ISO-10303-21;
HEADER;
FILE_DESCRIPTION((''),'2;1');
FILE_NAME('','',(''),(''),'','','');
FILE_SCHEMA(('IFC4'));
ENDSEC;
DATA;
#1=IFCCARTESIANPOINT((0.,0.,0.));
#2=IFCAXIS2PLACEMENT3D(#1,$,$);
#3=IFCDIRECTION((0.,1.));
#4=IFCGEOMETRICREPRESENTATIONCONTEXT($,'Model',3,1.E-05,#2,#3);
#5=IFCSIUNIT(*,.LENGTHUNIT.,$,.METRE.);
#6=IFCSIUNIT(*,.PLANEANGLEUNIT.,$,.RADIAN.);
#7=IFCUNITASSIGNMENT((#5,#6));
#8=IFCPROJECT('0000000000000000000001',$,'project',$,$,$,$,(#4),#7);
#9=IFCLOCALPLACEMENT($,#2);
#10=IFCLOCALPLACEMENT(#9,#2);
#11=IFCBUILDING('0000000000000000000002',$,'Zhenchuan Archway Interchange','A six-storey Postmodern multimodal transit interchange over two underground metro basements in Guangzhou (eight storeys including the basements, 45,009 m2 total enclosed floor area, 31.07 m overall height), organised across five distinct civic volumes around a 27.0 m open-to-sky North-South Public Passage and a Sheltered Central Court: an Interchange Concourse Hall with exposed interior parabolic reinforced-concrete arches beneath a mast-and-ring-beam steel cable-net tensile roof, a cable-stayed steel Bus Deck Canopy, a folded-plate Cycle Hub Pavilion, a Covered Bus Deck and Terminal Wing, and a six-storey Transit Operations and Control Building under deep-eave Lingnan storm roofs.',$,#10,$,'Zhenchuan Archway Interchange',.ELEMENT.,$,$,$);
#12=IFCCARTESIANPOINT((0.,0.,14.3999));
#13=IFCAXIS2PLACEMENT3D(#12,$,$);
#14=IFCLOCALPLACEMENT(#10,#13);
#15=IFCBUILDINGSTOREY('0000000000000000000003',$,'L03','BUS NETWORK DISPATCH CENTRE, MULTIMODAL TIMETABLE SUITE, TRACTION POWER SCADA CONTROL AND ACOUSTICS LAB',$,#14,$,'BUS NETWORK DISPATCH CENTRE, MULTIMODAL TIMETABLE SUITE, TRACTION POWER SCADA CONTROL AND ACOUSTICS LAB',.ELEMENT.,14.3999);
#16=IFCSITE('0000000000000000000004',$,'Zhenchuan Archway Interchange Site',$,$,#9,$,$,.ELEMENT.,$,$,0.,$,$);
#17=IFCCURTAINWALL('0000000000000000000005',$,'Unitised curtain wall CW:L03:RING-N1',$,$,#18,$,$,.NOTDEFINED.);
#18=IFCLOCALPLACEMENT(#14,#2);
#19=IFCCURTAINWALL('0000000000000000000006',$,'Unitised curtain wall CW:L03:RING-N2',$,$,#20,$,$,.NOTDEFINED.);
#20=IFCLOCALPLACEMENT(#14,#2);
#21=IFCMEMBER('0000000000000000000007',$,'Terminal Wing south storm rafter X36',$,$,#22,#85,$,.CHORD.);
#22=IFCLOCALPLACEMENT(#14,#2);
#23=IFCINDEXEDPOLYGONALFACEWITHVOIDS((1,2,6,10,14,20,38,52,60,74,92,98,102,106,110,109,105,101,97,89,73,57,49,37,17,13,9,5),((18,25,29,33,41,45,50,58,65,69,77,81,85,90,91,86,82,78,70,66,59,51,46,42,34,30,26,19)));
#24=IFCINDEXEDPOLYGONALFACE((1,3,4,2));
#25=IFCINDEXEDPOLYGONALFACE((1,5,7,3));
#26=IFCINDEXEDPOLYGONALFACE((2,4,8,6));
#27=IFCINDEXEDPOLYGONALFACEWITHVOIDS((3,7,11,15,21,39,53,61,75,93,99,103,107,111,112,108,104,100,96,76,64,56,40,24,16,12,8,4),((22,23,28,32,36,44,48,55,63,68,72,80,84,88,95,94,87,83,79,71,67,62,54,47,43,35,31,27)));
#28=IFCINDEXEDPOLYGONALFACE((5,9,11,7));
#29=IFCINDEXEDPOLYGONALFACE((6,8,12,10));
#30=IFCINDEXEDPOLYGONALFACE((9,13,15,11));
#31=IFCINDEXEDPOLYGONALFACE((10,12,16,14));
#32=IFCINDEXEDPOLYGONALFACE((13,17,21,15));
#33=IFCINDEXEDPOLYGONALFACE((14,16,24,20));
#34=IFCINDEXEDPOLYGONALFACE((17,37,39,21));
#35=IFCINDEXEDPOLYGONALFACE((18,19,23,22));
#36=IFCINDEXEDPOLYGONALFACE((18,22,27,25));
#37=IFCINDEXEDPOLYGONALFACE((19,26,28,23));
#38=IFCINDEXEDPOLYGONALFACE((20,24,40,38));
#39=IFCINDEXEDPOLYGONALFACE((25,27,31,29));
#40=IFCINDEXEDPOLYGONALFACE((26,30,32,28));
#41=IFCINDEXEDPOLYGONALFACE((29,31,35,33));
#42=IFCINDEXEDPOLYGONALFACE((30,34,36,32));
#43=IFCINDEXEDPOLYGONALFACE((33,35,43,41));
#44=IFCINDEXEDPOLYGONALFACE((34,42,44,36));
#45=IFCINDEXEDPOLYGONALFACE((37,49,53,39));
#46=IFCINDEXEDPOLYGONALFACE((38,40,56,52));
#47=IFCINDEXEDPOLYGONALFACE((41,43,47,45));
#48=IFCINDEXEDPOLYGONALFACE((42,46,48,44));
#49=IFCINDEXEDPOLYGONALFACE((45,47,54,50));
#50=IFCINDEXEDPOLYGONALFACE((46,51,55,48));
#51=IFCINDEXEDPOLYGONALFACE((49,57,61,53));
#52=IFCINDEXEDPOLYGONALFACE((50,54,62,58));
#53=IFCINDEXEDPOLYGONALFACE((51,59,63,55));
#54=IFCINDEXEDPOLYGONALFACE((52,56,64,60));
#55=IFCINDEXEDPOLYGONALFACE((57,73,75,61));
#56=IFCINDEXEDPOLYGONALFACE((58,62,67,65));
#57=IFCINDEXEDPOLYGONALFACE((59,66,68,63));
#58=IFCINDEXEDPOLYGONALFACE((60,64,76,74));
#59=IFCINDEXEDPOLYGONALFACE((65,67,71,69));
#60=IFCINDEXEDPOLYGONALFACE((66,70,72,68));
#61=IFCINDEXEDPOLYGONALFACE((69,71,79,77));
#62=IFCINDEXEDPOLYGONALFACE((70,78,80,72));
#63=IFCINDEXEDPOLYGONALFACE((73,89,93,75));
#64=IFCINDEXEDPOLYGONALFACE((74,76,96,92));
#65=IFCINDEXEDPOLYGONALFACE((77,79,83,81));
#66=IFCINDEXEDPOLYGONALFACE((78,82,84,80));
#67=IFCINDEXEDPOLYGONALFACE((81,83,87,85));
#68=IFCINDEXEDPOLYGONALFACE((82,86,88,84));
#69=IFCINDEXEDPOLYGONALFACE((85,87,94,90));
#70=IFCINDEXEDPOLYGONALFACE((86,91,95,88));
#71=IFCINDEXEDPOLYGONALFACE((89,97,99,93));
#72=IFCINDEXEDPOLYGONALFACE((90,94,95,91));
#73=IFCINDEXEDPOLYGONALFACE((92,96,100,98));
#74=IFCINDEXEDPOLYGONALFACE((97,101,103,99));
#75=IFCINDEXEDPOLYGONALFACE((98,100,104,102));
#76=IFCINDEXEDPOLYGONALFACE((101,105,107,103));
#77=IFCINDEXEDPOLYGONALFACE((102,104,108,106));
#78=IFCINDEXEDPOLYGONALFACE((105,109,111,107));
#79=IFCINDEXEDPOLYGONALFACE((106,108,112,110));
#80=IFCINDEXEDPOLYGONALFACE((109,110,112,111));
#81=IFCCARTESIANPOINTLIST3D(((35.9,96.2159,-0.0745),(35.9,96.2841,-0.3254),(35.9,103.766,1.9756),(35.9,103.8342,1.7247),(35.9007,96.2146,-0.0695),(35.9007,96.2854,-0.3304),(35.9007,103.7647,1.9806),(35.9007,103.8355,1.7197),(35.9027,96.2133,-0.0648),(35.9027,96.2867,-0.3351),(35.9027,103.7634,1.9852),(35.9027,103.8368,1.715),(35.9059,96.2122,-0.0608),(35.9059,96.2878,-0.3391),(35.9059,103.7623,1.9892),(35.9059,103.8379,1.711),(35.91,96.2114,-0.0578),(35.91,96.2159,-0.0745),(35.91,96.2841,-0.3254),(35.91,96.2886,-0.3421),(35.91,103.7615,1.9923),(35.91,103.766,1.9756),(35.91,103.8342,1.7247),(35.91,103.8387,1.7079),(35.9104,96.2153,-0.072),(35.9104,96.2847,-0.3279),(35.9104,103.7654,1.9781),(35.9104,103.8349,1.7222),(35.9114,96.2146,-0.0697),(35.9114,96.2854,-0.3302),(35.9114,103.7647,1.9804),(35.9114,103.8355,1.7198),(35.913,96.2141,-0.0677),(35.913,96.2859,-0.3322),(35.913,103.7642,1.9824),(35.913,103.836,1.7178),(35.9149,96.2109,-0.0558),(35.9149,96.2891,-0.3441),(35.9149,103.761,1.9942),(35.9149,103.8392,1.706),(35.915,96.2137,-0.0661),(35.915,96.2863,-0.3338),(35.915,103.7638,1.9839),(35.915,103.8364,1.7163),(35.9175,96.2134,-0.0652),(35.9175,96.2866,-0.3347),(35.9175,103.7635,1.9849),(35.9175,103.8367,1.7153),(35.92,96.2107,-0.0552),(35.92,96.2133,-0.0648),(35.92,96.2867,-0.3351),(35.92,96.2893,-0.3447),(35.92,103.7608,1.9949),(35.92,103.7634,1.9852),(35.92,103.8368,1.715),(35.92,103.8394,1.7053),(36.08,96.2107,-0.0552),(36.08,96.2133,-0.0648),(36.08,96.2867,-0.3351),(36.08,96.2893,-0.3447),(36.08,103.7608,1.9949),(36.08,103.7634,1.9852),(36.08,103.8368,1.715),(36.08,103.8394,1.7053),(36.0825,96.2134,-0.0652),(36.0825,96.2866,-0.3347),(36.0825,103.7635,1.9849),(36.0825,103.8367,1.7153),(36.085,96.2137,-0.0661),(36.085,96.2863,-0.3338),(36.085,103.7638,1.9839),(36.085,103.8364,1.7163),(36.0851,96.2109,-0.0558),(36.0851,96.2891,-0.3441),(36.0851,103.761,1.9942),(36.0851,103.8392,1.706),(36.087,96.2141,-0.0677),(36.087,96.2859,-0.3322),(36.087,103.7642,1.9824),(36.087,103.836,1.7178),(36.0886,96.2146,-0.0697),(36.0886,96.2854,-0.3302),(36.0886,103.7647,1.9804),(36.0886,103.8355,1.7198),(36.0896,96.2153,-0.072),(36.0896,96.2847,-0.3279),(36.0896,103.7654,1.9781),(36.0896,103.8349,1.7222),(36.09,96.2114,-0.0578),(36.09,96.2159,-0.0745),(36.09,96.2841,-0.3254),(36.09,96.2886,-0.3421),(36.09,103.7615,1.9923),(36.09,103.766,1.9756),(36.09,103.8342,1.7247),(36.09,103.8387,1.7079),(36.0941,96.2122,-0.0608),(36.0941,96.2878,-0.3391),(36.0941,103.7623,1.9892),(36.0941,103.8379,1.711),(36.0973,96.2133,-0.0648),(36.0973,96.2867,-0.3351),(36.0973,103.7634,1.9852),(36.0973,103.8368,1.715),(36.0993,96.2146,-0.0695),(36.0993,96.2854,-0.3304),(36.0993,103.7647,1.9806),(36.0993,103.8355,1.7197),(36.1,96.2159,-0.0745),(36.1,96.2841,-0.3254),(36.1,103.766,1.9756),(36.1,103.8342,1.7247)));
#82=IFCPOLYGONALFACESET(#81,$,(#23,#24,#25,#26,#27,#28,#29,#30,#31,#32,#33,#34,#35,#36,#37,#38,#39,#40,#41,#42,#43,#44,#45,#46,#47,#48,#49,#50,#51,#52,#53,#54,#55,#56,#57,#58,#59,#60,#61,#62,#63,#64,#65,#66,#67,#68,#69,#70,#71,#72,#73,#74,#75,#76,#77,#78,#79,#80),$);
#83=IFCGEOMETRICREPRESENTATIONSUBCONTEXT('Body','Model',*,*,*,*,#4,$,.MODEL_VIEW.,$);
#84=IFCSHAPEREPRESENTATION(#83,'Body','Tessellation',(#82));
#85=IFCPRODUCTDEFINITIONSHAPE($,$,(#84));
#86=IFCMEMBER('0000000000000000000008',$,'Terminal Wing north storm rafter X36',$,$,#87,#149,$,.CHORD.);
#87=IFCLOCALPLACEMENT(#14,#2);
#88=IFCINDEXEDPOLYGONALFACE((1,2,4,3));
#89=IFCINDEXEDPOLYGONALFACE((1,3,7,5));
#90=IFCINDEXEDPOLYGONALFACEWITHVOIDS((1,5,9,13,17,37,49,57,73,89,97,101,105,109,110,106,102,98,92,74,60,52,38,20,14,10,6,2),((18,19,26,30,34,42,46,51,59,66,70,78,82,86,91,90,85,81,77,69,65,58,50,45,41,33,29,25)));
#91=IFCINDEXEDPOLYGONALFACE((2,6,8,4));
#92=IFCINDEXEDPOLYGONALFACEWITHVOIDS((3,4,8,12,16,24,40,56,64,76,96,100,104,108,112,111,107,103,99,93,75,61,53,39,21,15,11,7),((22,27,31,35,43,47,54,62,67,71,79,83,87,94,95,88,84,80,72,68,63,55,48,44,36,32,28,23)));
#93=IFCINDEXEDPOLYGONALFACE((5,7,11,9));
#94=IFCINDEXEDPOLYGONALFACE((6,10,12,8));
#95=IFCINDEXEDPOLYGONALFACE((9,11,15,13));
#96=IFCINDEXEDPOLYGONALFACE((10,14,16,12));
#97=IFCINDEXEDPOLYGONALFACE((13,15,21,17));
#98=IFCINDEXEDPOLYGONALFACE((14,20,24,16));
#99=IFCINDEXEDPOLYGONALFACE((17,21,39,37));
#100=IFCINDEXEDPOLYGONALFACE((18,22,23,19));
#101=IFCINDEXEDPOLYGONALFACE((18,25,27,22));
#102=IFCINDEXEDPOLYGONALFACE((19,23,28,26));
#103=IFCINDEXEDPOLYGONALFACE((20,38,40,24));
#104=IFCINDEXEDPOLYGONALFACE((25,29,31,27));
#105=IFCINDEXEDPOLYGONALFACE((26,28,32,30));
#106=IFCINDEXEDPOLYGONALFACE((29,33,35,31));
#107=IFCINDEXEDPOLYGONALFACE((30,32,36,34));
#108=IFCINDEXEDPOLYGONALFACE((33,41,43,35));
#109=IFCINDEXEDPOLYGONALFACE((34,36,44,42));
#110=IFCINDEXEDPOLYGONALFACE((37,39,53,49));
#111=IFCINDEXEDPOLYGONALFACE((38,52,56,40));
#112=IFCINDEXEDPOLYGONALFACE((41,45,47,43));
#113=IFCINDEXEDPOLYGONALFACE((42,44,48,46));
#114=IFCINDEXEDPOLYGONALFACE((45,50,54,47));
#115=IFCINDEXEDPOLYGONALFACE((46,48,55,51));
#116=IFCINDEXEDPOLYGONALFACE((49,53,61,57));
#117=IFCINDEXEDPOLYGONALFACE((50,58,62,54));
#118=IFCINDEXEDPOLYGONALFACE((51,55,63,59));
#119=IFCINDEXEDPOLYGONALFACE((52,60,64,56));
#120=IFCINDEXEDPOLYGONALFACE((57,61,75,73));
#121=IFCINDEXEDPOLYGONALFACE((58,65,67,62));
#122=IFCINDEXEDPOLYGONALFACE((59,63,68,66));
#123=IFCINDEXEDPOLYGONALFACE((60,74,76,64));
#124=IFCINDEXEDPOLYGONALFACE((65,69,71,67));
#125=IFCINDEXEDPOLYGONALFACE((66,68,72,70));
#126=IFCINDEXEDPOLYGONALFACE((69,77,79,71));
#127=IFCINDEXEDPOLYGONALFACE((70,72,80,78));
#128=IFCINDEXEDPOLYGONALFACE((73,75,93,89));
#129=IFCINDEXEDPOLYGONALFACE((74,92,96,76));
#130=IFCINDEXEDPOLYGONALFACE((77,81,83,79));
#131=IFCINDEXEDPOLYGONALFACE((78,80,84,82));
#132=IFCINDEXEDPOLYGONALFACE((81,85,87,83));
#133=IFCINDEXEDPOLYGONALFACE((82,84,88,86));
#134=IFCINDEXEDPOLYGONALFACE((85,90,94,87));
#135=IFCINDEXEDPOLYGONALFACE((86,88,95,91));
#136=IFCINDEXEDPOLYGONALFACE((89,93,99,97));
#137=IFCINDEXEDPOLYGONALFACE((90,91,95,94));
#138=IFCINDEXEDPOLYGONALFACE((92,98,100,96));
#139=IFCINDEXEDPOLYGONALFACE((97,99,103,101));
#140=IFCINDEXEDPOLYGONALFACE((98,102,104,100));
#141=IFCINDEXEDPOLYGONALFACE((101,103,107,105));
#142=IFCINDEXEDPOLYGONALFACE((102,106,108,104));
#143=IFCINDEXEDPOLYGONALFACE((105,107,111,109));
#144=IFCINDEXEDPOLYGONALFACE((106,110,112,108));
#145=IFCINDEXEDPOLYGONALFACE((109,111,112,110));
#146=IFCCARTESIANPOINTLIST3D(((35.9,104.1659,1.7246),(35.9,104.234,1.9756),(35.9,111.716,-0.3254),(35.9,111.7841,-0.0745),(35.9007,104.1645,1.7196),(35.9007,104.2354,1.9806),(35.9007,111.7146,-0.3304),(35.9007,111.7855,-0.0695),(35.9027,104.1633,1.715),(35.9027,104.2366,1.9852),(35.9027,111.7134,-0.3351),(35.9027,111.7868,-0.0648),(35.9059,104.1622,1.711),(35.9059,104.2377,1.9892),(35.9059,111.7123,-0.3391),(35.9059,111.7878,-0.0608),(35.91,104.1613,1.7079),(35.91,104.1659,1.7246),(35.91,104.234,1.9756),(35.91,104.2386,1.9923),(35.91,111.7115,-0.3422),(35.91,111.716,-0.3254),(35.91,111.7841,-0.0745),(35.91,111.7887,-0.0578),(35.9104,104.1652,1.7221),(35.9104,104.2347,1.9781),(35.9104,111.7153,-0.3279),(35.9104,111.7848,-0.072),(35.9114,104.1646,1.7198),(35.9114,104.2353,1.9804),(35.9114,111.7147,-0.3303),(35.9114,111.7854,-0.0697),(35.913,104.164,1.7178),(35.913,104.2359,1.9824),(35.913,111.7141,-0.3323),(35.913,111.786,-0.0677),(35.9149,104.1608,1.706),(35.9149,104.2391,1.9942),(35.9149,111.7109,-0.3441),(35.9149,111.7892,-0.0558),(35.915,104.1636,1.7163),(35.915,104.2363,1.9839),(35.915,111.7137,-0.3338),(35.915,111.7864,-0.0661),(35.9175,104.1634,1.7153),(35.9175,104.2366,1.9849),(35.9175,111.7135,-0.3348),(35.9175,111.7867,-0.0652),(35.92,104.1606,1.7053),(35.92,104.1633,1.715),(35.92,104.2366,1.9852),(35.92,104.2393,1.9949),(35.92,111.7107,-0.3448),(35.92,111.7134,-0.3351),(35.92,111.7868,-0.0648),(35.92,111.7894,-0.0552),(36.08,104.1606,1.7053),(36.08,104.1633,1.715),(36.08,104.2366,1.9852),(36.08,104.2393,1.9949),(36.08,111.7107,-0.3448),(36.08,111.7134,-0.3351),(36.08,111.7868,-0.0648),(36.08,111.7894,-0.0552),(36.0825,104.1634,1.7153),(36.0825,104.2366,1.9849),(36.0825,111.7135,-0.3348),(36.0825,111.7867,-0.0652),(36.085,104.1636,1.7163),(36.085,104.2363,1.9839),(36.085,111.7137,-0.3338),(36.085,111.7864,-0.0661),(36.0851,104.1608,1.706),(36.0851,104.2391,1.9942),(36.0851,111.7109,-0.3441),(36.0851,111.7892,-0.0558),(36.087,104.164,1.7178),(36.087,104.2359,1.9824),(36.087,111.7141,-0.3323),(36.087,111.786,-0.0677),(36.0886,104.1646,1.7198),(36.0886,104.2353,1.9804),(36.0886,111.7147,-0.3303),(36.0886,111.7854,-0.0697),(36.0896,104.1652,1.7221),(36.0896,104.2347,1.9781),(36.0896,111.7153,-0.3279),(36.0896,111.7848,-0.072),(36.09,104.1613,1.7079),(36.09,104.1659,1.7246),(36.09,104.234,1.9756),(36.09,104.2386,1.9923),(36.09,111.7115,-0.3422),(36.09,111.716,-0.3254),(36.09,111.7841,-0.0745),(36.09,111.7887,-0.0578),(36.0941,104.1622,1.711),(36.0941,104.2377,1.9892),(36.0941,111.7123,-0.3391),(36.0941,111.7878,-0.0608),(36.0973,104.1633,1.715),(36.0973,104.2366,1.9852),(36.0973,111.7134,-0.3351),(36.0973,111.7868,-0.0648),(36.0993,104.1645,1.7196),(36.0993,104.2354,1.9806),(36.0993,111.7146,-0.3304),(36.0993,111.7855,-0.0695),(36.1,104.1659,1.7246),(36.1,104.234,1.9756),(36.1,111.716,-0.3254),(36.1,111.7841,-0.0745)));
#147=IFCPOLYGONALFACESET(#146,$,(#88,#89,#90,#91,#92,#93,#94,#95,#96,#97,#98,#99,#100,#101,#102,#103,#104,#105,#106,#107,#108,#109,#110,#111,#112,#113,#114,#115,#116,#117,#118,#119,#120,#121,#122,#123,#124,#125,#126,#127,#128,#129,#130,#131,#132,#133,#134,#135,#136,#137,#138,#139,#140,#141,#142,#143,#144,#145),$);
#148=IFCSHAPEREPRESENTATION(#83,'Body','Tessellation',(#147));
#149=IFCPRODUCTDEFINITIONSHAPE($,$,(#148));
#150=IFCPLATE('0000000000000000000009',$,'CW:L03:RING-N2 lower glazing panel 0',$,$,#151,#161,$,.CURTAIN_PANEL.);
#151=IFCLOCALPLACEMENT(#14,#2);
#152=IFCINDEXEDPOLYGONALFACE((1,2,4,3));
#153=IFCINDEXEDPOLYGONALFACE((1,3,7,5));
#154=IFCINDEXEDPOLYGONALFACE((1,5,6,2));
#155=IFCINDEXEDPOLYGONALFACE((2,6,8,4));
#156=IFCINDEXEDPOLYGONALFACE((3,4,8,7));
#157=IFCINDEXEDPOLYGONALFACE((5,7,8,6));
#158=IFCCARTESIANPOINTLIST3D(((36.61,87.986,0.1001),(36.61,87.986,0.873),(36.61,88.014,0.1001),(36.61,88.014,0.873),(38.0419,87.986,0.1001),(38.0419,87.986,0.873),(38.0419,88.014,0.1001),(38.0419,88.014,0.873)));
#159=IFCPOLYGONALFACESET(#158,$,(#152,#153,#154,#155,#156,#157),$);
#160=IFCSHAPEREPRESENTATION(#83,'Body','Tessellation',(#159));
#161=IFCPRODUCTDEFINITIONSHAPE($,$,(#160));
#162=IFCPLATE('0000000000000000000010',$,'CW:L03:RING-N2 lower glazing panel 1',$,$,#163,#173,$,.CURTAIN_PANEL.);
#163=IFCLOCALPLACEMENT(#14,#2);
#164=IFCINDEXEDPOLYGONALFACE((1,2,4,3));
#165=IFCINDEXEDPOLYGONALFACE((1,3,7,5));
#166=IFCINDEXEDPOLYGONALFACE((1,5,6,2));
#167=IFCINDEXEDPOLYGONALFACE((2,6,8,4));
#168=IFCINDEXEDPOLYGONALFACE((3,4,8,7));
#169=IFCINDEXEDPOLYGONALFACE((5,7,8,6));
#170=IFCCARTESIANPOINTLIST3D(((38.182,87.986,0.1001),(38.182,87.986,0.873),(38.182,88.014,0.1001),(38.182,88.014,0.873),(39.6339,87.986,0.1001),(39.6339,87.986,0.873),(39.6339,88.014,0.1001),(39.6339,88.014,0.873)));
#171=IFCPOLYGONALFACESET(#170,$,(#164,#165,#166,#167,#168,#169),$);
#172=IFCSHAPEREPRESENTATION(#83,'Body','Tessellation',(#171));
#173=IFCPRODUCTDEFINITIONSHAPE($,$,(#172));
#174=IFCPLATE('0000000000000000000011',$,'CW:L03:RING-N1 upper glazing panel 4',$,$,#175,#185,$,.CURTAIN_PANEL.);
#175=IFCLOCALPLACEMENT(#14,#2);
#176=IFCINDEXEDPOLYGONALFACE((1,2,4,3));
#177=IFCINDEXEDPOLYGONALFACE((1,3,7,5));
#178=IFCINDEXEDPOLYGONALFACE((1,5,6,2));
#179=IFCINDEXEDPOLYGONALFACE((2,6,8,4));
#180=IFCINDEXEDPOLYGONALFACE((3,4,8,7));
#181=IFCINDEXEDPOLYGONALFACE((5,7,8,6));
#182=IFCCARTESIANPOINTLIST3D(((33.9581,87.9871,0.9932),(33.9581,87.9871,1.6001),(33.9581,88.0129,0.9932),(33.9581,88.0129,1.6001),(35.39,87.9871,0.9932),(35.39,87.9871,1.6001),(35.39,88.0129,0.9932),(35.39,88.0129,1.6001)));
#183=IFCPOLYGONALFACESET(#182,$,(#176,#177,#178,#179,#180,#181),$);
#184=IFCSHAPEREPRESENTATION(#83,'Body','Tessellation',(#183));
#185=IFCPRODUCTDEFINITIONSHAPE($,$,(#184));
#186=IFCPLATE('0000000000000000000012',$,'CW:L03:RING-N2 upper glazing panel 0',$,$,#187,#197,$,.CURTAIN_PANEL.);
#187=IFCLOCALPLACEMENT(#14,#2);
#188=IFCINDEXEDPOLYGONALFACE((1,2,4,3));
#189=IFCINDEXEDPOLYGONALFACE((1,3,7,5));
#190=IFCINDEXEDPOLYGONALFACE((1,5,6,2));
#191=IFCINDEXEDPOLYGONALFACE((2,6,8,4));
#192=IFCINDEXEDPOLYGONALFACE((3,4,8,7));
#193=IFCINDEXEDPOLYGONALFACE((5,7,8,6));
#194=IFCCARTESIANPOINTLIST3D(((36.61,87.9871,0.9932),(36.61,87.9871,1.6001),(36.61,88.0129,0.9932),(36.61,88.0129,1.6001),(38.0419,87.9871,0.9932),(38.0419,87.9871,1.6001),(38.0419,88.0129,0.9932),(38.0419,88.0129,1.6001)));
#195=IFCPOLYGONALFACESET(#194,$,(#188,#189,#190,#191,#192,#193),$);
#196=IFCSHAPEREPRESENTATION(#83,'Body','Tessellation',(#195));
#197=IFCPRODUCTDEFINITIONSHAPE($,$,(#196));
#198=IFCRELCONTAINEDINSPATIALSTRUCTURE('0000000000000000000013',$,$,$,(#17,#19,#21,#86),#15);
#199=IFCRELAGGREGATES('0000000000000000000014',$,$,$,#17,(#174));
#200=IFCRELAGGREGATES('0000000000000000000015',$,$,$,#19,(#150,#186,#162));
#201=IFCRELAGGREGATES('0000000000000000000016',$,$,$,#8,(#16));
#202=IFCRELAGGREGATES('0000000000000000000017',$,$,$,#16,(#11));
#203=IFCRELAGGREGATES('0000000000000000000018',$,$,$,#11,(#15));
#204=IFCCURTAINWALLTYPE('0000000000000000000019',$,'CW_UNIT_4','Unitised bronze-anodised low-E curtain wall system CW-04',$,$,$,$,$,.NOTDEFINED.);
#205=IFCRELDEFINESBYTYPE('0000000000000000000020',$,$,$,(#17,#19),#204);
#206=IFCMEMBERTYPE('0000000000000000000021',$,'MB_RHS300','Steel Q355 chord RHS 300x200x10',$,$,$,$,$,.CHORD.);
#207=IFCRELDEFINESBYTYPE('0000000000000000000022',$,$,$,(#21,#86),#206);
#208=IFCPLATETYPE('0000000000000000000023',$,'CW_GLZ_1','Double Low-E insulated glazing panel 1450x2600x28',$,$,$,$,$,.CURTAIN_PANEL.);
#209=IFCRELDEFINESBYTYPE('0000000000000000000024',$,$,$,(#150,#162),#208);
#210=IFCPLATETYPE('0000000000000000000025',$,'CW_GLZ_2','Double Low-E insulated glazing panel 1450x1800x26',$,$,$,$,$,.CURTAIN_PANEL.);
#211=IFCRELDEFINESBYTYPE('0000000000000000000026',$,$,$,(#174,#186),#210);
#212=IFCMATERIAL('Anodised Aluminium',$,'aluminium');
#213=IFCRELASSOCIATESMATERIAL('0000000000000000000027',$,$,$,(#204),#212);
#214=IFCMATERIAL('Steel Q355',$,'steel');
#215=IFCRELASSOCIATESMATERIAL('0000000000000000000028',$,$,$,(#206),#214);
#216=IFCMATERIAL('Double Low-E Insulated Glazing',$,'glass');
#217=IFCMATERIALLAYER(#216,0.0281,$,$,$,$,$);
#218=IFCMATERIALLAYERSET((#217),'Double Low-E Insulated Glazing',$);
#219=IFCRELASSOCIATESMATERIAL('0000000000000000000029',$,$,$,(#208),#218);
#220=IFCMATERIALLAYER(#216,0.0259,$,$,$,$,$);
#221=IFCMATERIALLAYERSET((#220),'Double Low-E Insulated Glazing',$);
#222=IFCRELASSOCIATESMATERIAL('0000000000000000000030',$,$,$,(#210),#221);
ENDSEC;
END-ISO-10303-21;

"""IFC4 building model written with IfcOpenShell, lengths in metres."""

from ifc_helpers import new_model, si_unit, direction, frame, origin, origin_2d, place, context, subcontext, project, spatial, rectangle, hollow_rectangle, extrude, material, layer, layer_set, material_profile, profile_set, type_object, element, aggregate, save


model = new_model("IFC4")

# Units and contexts
model_context = context("Model", 3, precision=1e-05, world=origin(), true_north=direction((0.0, 1.0)))
body_context = subcontext(model_context, "Body", "Model", "MODEL_VIEW")
ifc_project = project(units=[si_unit("LENGTHUNIT", "METRE"), si_unit("PLANEANGLEUNIT", "RADIAN")], contexts=[model_context])

# Site, building, storey
site_placement = place(None, origin())
site = spatial("IfcSite", under=ifc_project, at=site_placement, Name="Zhenchuan Archway Interchange Site", CompositionType="ELEMENT", RefElevation=0.0)
building_placement = place(site_placement, origin())
building = spatial("IfcBuilding", under=site, at=building_placement, Name="Zhenchuan Archway Interchange", Description="A six-storey Postmodern multimodal transit interchange over two underground metro basements in Guangzhou (eight storeys including the basements, 45,009 m2 total enclosed floor area, 31.07 m overall height), organised across five distinct civic volumes around a 27.0 m open-to-sky North-South Public Passage and a Sheltered Central Court: an Interchange Concourse Hall with exposed interior parabolic reinforced-concrete arches beneath a mast-and-ring-beam steel cable-net tensile roof, a cable-stayed steel Bus Deck Canopy, a folded-plate Cycle Hub Pavilion, a Covered Bus Deck and Terminal Wing, and a six-storey Transit Operations and Control Building under deep-eave Lingnan storm roofs.", LongName="Zhenchuan Archway Interchange", CompositionType="ELEMENT")
storey_placement = place(building_placement, frame((0.0, 0.0, 14.3999)))
storey = spatial("IfcBuildingStorey", under=building, at=storey_placement, Name="L03", Description="BUS NETWORK DISPATCH CENTRE, MULTIMODAL TIMETABLE SUITE, TRACTION POWER SCADA CONTROL AND ACOUSTICS LAB", LongName="BUS NETWORK DISPATCH CENTRE, MULTIMODAL TIMETABLE SUITE, TRACTION POWER SCADA CONTROL AND ACOUSTICS LAB", CompositionType="ELEMENT", Elevation=14.3999)

# Shared definitions
ifc_material_1 = material(Name="Steel Q355", Category="steel")

# Curtain wall
ifc_material_2 = material(Name="Anodised Aluminium", Category="aluminium")
curtain_wall_type = type_object("IfcCurtainWallType", Name="CW_UNIT_4", Description="Unitised bronze-anodised low-E curtain wall system CW-04", PredefinedType="NOTDEFINED", material=ifc_material_2)
curtain_wall_1_placement = place(storey_placement, origin())
curtain_wall_1 = element("IfcCurtainWall", 1, at=curtain_wall_1_placement, inside=storey, type_object=curtain_wall_type, Name="Unitised curtain wall CW:L03:RING-N1", PredefinedType="NOTDEFINED")

# Curtain wall
curtain_wall_2_placement = place(storey_placement, origin())
curtain_wall_2 = element("IfcCurtainWall", 2, at=curtain_wall_2_placement, inside=storey, type_object=curtain_wall_type, Name="Unitised curtain wall CW:L03:RING-N2", PredefinedType="NOTDEFINED")

# Members
ifc_material_profile_1 = material_profile(ifc_material_1, hollow_rectangle(XDim=0.2, YDim=0.3, WallThickness=0.01, InnerFilletRadius=0.01, OuterFilletRadius=0.02, at=origin_2d()), Name="RHS 300x200x10")
ifc_profile_set_1 = profile_set([ifc_material_profile_1], Name="Steel Q355")
member_type_1 = type_object("IfcMemberType", Name="MB_RHS300", Description="Steel Q355 chord RHS 300x200x10", PredefinedType="CHORD", material=ifc_profile_set_1)
for number, where, z_axis, x_axis, name in (
    (3, (36.0, 96.25, -0.2), (0.0, 0.965057, 0.26204), (-1.0, 0.0, 0.0), "Terminal Wing south storm rafter X36"),
    (4, (36.0, 104.2, 1.8501), (0.0, 0.965057, -0.26204), (-1.0, 0.0, 0.0), "Terminal Wing north storm rafter X36"),
):
    element("IfcMember", number, at=place(storey_placement, frame(where, z_axis=z_axis, x_axis=x_axis)), inside=storey, type_object=member_type_1, Name=name, PredefinedType="CHORD", context=body_context, shape_type="SweptSolid", body=[
        extrude(hollow_rectangle(XDim=0.2, YDim=0.3, WallThickness=0.01, InnerFilletRadius=0.01, OuterFilletRadius=0.02, at=origin_2d()), origin(), (0.0, 0.0, 1.0), 7.8235),
    ])

# Plates
ifc_material_3 = material(Name="Double Low-E Insulated Glazing", Category="glass")
ifc_layer_1 = layer(ifc_material_3, 0.0281)
ifc_layer_set_1 = layer_set([ifc_layer_1], Name="Double Low-E Insulated Glazing")
plate_type_1 = type_object("IfcPlateType", Name="CW_GLZ_1", Description="Double Low-E insulated glazing panel 1450x2600x28", PredefinedType="CURTAIN_PANEL", material=ifc_layer_set_1)
plate_1_placement = place(storey_placement, frame((37.3259, 88.0, 0.1001), z_axis=(0.0, 0.0, 1.0), x_axis=(1.0, 0.0, 0.0)))
plate_1 = element("IfcPlate", 5, at=plate_1_placement, type_object=plate_type_1, Name="CW:L03:RING-N2 lower glazing panel 0", PredefinedType="CURTAIN_PANEL", context=body_context, shape_type="SweptSolid", body=[
    extrude(rectangle(XDim=1.4319, YDim=0.0281, at=origin_2d()), origin(), (0.0, 0.0, 1.0), 0.7729),
])
plate_2_placement = place(storey_placement, frame((38.908, 88.0, 0.1001), z_axis=(0.0, 0.0, 1.0), x_axis=(1.0, 0.0, 0.0)))
plate_2 = element("IfcPlate", 6, at=plate_2_placement, type_object=plate_type_1, Name="CW:L03:RING-N2 lower glazing panel 1", PredefinedType="CURTAIN_PANEL", context=body_context, shape_type="SweptSolid", body=[
    extrude(rectangle(XDim=1.4519, YDim=0.0281, at=origin_2d()), origin(), (0.0, 0.0, 1.0), 0.7729),
])
ifc_layer_2 = layer(ifc_material_3, 0.0259)
ifc_layer_set_2 = layer_set([ifc_layer_2], Name="Double Low-E Insulated Glazing")
plate_type_2 = type_object("IfcPlateType", Name="CW_GLZ_2", Description="Double Low-E insulated glazing panel 1450x1800x26", PredefinedType="CURTAIN_PANEL", material=ifc_layer_set_2)
plate_3_placement = place(storey_placement, frame((34.6741, 88.0, 0.9932), z_axis=(0.0, 0.0, 1.0), x_axis=(1.0, 0.0, 0.0)))
plate_3 = element("IfcPlate", 7, at=plate_3_placement, type_object=plate_type_2, Name="CW:L03:RING-N1 upper glazing panel 4", PredefinedType="CURTAIN_PANEL", context=body_context, shape_type="SweptSolid", body=[
    extrude(rectangle(XDim=1.4319, YDim=0.0259, at=origin_2d()), origin(), (0.0, 0.0, 1.0), 0.6069),
])
aggregate(curtain_wall_1, [plate_3])
plate_4_placement = place(storey_placement, frame((37.3259, 88.0, 0.9932), z_axis=(0.0, 0.0, 1.0), x_axis=(1.0, 0.0, 0.0)))
plate_4 = element("IfcPlate", 8, at=plate_4_placement, type_object=plate_type_2, Name="CW:L03:RING-N2 upper glazing panel 0", PredefinedType="CURTAIN_PANEL", context=body_context, shape_type="SweptSolid", body=[
    extrude(rectangle(XDim=1.4319, YDim=0.0259, at=origin_2d()), origin(), (0.0, 0.0, 1.0), 0.6069),
])
aggregate(curtain_wall_2, [plate_1, plate_4, plate_2])

save(model, "model.ifc")
